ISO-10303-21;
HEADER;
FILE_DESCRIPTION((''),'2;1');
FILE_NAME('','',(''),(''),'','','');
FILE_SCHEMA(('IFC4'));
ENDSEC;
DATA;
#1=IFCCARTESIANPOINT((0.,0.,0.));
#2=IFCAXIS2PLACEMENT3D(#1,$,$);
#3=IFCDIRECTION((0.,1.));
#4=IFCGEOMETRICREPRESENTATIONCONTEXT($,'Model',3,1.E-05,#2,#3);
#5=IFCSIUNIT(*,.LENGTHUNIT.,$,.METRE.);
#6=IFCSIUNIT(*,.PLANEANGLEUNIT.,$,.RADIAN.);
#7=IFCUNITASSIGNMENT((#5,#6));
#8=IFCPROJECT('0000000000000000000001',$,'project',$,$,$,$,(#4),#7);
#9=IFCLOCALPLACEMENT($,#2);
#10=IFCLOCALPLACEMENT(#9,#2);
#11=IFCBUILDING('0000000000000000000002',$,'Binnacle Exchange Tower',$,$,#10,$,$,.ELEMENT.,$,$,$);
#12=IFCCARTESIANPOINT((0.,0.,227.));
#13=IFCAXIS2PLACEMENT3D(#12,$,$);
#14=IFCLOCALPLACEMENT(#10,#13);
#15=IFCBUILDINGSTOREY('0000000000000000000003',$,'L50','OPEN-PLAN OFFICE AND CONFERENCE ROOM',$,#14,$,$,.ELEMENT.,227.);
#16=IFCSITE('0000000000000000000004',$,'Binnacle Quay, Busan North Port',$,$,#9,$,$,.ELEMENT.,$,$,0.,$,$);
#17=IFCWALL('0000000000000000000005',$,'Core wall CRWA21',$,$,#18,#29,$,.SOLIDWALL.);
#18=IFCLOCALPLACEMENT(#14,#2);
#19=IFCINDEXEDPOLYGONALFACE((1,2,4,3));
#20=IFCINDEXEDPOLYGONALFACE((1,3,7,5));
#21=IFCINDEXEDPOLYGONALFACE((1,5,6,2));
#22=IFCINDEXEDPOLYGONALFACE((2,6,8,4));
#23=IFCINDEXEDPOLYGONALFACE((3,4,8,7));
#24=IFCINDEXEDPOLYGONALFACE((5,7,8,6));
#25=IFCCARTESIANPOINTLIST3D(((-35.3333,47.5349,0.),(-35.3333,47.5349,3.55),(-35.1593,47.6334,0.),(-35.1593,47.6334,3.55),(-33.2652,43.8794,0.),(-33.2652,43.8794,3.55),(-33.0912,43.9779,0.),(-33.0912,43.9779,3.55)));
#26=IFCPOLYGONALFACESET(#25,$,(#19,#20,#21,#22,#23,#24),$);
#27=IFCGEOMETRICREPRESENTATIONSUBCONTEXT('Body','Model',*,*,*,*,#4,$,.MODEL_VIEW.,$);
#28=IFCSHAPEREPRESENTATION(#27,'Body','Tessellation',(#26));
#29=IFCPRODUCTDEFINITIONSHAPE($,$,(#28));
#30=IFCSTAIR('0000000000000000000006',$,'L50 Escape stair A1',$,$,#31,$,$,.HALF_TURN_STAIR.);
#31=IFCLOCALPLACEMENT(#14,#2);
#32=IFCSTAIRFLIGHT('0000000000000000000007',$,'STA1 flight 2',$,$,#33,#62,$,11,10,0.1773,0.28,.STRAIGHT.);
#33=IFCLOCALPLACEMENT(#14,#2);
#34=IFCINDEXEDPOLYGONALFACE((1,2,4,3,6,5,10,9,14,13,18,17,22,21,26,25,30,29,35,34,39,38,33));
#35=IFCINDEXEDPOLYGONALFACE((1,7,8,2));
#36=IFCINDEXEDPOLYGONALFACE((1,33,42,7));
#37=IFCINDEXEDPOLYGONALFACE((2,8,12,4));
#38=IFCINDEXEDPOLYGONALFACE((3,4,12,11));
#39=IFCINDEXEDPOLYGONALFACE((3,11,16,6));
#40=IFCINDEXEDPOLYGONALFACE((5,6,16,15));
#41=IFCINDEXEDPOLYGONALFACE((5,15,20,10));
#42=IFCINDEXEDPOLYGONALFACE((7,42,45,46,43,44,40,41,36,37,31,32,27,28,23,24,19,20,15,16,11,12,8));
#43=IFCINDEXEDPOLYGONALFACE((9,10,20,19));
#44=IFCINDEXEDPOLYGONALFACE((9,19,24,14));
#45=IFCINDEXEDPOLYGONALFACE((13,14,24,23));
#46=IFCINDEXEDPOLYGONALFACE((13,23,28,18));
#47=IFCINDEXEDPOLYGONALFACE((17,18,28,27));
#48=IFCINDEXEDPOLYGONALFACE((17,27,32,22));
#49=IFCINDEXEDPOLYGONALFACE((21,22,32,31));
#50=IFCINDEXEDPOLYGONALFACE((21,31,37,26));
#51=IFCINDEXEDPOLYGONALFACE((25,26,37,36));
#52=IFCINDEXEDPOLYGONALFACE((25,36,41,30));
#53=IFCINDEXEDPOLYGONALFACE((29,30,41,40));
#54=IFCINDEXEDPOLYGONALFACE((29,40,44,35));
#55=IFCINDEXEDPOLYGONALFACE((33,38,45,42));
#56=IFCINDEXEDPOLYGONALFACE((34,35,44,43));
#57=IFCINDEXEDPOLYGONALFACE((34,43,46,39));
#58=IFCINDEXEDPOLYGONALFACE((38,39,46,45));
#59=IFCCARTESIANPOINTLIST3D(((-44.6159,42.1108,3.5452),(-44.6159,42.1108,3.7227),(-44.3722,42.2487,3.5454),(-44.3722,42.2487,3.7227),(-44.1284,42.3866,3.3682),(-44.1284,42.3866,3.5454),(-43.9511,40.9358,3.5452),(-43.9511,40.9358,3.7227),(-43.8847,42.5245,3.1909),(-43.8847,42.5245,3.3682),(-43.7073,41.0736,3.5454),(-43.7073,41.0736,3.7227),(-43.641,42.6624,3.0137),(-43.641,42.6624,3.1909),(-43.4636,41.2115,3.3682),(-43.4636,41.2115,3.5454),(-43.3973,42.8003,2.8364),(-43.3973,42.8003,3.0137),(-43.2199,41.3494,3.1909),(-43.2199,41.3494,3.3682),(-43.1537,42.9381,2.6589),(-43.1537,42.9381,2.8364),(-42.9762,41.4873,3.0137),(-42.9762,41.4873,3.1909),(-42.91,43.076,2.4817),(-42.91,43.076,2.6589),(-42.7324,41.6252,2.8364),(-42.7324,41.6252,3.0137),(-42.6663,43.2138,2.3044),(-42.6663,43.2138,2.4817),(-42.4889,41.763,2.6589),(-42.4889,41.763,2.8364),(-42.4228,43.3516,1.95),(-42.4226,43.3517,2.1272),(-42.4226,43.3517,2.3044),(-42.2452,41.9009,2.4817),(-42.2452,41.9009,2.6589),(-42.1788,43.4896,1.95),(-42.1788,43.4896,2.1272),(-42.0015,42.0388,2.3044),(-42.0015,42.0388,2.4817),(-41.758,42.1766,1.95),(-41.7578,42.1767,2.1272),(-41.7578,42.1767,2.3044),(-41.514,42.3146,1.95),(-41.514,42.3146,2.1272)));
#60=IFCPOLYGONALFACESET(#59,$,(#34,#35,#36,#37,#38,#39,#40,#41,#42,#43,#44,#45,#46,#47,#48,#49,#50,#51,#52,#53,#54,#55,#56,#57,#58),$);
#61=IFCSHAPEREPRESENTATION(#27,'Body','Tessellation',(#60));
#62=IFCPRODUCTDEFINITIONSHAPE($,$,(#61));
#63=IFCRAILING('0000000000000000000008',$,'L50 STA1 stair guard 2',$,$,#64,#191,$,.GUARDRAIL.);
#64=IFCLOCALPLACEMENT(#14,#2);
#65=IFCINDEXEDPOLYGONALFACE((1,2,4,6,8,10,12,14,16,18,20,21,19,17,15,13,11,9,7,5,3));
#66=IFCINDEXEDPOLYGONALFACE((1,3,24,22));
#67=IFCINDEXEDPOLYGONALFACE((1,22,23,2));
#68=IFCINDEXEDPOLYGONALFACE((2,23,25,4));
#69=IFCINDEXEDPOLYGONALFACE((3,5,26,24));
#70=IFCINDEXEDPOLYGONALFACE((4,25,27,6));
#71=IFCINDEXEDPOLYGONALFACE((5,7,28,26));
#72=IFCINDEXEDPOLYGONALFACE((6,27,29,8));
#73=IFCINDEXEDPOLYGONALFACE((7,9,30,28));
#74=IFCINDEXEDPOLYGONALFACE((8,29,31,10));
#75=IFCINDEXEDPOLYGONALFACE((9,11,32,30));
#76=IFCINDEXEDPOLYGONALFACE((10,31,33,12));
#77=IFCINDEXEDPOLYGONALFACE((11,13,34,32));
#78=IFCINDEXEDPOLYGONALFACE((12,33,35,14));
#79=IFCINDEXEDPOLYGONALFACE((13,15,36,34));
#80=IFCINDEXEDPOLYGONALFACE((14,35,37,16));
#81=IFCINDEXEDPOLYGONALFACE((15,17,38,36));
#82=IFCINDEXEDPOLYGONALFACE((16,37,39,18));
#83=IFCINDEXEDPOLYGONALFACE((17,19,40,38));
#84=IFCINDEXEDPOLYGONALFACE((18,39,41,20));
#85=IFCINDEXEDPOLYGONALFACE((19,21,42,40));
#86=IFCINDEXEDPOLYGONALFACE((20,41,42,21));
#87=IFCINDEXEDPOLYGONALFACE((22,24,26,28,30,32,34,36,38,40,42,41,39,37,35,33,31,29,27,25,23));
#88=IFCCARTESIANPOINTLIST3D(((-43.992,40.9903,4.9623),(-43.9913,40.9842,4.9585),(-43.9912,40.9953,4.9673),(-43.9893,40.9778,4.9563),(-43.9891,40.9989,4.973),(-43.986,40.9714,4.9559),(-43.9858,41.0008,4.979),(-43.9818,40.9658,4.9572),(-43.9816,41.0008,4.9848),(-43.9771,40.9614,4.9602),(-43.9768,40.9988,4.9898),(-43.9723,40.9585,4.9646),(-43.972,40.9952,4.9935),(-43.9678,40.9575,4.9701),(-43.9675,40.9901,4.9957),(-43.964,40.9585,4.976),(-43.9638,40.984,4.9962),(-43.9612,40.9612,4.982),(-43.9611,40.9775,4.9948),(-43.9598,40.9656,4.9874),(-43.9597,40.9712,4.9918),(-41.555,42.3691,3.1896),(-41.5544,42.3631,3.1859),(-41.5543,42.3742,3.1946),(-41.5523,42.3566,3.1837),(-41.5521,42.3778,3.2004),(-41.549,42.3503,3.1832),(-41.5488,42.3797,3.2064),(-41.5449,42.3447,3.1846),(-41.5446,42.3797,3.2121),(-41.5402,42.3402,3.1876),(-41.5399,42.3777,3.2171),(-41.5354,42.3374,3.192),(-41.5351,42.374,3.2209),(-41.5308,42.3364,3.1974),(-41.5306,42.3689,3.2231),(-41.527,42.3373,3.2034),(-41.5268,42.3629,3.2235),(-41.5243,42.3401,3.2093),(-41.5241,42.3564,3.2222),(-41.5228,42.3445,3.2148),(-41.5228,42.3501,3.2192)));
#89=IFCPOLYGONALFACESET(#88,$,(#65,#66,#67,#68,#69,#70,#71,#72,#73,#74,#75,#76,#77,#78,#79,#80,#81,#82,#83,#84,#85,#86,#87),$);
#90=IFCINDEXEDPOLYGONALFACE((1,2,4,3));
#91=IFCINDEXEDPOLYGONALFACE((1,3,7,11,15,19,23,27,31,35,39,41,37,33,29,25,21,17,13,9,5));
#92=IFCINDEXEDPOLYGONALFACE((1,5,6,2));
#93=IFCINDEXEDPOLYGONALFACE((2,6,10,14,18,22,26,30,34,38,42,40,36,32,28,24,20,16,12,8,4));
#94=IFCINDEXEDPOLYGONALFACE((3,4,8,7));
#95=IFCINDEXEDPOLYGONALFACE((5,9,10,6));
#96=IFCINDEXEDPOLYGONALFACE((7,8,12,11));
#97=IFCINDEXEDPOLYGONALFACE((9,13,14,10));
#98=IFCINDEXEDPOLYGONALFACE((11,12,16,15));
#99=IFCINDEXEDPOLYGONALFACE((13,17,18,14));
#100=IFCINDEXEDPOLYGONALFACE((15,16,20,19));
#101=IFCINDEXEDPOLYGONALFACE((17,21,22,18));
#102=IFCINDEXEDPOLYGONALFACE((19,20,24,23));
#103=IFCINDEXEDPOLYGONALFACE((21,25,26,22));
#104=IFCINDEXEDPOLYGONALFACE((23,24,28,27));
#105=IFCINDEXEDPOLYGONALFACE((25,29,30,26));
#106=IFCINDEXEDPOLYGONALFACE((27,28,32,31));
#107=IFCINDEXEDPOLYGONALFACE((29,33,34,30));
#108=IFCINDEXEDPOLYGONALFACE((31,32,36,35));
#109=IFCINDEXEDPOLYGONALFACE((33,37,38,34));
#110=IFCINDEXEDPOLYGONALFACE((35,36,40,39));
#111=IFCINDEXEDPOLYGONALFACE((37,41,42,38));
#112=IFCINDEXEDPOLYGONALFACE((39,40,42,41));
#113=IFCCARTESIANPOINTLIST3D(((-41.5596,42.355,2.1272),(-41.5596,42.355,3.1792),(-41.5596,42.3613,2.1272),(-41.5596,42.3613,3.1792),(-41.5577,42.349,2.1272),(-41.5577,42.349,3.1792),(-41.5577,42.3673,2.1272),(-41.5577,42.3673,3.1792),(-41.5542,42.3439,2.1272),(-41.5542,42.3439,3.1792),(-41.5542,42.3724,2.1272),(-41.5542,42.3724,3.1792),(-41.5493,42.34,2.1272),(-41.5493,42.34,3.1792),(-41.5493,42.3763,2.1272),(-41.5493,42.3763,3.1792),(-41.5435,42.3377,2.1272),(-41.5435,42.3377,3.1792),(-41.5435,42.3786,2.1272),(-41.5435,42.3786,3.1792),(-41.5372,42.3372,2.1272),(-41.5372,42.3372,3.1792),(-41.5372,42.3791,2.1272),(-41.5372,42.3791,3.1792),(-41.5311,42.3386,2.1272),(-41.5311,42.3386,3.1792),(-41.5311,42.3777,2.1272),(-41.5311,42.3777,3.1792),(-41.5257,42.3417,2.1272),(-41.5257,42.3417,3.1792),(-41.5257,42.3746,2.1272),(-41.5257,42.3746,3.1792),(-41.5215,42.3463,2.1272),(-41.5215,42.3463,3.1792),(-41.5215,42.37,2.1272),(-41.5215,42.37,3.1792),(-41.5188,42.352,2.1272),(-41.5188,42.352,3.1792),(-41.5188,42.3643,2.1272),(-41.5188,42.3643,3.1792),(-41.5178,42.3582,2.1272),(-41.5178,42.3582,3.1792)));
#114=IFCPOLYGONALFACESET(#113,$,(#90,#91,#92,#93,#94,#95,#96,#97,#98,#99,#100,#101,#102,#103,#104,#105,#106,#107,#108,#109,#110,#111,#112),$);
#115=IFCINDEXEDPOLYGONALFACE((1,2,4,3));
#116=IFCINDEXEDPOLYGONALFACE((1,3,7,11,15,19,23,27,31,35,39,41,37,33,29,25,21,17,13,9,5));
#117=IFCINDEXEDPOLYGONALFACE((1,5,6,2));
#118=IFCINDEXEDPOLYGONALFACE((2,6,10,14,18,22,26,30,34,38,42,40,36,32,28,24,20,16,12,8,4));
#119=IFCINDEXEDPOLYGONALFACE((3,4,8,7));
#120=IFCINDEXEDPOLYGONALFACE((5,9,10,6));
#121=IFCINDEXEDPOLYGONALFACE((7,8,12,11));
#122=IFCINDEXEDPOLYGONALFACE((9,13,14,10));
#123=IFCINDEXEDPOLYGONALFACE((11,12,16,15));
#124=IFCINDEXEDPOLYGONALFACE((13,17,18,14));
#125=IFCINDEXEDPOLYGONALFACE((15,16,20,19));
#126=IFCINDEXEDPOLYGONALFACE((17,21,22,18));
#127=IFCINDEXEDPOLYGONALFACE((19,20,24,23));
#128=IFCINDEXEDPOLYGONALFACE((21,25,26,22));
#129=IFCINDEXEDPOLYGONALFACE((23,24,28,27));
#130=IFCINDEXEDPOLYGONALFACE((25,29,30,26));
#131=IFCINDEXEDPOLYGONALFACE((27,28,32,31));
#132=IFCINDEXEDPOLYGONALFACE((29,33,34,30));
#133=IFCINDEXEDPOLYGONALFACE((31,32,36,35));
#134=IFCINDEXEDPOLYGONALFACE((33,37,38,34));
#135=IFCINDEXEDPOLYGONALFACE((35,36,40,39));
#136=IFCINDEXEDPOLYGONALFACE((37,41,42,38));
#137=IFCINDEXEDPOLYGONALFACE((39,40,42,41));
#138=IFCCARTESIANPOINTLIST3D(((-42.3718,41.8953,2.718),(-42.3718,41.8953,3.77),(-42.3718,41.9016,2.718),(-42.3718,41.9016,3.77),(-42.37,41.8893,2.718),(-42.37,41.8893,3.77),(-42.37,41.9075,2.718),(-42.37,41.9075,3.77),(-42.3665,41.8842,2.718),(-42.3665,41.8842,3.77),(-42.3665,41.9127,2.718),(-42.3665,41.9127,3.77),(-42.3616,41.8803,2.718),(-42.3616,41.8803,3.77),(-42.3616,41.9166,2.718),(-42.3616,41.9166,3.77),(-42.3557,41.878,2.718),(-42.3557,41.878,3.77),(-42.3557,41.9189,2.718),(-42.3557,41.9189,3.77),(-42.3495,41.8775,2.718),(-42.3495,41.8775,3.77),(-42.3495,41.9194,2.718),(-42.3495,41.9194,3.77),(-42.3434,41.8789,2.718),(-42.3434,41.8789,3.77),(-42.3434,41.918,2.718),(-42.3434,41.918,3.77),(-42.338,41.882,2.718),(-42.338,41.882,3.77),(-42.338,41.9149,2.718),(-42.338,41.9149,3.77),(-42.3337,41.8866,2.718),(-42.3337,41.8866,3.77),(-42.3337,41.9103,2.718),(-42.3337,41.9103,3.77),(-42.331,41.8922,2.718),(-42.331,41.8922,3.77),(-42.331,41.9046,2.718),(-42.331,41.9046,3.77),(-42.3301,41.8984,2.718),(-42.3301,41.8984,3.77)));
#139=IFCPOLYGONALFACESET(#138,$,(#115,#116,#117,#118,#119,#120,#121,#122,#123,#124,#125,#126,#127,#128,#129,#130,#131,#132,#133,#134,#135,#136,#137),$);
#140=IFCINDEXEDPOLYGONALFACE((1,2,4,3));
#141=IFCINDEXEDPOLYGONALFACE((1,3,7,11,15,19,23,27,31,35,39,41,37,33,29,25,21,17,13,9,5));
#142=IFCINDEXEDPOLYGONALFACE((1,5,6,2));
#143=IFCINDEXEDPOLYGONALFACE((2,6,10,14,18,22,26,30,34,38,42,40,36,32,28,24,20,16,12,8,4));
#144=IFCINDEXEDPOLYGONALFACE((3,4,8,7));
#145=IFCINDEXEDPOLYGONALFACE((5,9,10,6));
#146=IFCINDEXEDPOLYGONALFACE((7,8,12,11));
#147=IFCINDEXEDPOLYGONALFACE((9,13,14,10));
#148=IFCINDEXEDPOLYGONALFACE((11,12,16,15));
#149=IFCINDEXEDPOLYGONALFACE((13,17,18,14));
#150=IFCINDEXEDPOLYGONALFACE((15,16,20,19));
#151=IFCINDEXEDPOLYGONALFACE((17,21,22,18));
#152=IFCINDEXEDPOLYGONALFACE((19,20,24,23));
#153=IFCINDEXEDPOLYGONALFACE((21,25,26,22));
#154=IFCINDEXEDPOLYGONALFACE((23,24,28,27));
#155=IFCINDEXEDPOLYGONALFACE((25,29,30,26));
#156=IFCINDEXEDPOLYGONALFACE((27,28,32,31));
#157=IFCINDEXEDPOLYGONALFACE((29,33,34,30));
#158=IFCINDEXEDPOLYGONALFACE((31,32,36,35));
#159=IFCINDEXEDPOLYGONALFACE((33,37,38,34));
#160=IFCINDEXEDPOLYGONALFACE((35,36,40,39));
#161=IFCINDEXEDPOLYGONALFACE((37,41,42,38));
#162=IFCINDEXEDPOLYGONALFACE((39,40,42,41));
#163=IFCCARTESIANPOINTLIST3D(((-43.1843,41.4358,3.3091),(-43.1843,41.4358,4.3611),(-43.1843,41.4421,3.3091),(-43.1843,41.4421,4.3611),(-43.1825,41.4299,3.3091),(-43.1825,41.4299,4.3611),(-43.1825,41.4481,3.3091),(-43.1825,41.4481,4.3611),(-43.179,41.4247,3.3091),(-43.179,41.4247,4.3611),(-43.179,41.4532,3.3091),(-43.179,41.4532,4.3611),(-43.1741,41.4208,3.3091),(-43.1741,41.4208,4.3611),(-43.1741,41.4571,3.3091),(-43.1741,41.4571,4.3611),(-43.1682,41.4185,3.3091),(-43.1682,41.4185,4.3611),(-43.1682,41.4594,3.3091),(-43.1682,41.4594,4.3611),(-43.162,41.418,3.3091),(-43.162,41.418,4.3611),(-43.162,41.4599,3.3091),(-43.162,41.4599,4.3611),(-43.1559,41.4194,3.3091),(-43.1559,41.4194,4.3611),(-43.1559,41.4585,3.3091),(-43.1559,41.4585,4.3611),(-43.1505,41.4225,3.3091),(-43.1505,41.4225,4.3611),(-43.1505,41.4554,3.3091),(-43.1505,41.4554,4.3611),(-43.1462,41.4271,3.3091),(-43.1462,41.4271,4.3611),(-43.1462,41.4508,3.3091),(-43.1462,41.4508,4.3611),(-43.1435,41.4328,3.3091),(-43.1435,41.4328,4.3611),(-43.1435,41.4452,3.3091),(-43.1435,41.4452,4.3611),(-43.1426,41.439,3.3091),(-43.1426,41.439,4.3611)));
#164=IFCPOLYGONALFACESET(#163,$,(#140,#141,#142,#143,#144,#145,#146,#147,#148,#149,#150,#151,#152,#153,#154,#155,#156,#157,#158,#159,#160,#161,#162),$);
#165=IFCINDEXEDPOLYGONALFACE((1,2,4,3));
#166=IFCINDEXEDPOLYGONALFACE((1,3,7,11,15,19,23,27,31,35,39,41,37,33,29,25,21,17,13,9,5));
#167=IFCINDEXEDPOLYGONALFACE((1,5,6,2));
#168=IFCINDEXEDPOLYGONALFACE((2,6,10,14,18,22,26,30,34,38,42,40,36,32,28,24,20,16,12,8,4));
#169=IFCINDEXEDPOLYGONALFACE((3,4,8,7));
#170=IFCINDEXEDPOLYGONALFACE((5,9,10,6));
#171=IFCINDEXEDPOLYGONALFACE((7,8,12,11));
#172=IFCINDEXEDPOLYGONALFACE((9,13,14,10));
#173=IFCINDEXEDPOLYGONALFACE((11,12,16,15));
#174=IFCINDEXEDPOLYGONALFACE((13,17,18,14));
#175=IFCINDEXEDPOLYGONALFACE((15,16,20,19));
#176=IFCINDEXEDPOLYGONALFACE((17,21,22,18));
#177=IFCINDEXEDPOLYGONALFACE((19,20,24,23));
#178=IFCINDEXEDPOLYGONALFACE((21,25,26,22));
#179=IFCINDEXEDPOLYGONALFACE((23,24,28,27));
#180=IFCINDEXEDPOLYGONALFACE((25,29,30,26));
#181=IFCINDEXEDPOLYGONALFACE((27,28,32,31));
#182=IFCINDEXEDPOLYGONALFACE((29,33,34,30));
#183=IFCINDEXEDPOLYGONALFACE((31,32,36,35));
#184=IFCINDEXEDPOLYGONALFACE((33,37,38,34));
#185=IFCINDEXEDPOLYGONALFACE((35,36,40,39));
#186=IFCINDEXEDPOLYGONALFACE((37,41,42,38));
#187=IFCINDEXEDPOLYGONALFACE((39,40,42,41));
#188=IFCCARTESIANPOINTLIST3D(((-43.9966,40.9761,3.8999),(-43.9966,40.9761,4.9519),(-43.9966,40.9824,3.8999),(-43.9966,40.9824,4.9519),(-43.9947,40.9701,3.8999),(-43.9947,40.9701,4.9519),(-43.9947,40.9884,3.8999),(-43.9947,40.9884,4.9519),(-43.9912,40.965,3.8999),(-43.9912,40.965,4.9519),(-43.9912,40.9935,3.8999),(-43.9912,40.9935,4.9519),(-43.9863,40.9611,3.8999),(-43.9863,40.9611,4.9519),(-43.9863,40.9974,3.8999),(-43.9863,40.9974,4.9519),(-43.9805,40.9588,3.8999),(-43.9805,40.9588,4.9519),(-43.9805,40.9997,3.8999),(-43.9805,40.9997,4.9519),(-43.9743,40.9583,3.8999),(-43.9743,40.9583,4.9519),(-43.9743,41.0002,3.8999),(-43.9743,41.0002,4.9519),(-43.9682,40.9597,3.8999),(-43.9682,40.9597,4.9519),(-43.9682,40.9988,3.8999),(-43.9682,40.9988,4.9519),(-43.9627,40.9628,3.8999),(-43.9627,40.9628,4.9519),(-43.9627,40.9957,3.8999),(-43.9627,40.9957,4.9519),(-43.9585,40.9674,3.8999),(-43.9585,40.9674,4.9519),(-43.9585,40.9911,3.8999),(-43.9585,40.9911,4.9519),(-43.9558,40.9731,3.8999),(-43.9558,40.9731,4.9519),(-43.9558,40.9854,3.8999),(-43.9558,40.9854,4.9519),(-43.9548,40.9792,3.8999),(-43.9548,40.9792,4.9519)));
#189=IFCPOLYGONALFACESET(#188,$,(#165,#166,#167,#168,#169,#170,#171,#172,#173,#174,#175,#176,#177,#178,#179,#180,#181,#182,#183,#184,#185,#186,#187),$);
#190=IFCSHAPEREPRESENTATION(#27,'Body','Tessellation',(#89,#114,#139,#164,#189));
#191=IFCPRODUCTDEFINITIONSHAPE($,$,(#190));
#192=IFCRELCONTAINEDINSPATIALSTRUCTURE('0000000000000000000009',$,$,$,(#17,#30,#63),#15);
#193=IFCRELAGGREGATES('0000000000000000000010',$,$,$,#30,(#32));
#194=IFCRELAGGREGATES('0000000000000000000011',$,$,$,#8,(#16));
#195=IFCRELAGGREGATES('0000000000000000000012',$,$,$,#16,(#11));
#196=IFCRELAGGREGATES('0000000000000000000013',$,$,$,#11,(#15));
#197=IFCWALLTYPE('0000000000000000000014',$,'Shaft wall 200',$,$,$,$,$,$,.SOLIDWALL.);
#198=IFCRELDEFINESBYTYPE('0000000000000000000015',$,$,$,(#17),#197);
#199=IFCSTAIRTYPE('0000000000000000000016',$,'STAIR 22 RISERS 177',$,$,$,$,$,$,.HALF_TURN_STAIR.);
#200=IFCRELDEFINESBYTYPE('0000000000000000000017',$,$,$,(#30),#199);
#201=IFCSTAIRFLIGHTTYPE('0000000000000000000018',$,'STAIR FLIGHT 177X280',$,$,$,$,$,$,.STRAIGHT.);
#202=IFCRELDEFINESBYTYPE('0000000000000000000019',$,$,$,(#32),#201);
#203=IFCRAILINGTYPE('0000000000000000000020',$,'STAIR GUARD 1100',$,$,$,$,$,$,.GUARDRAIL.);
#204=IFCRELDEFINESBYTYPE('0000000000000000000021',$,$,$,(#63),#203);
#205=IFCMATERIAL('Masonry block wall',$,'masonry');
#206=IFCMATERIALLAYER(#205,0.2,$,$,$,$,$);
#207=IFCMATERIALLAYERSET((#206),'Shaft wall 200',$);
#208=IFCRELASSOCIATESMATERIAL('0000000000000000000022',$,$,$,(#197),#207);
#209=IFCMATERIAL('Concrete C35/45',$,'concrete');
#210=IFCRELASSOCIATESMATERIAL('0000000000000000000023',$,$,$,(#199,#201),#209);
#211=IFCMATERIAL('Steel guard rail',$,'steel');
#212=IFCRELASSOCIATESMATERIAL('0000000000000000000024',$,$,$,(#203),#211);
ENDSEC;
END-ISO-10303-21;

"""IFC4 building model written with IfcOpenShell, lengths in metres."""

from ifc_helpers import new_model, si_unit, direction, frame, frame_2d, origin, origin_2d, place, context, subcontext, project, spatial, polyline, rectangle, circle, outline, extrude, material, layer, layer_set, type_object, element, aggregate, save


model = new_model("IFC4")

# Units and contexts
model_context = context("Model", 3, precision=1e-05, world=origin(), true_north=direction((0.0, 1.0)))
body_context = subcontext(model_context, "Body", "Model", "MODEL_VIEW")
ifc_project = project(units=[si_unit("LENGTHUNIT", "METRE"), si_unit("PLANEANGLEUNIT", "RADIAN")], contexts=[model_context])

# Site, building, storey
site_placement = place(None, origin())
site = spatial("IfcSite", under=ifc_project, at=site_placement, Name="Binnacle Quay, Busan North Port", CompositionType="ELEMENT", RefElevation=0.0)
building_placement = place(site_placement, origin())
building = spatial("IfcBuilding", under=site, at=building_placement, Name="Binnacle Exchange Tower", CompositionType="ELEMENT")
storey_placement = place(building_placement, frame((0.0, 0.0, 227.0)))
storey = spatial("IfcBuildingStorey", under=building, at=storey_placement, Name="L50", Description="OPEN-PLAN OFFICE AND CONFERENCE ROOM", CompositionType="ELEMENT", Elevation=227.0)

# Shared definitions
ifc_material_1 = material(Name="Masonry block wall", Category="masonry")

# Wall
ifc_layer_1 = layer(ifc_material_1, 0.2)
ifc_layer_set_1 = layer_set([ifc_layer_1], Name="Shaft wall 200")
wall_type_1 = type_object("IfcWallType", Name="Shaft wall 200", PredefinedType="SOLIDWALL", material=ifc_layer_set_1)
wall_1_placement = place(storey_placement, frame((-35.2463, 47.5842, 0.0), z_axis=(0.0, 0.0, 1.0), x_axis=(0.49241, -0.870364, 0.0)))
element("IfcWall", 1, at=wall_1_placement, inside=storey, type_object=wall_type_1, Name="Core wall CRWA21", PredefinedType="SOLIDWALL", context=body_context, shape_type="SweptSolid", body=[
    extrude(rectangle(XDim=4.2, YDim=0.2, at=frame_2d((2.1001, 0.0))), origin(), (0.0, 0.0, 1.0), 3.55),
])

# Stair, stair flight
ifc_material_2 = material(Name="Concrete C35/45", Category="concrete")
stair_type = type_object("IfcStairType", Name="STAIR 22 RISERS 177", PredefinedType="HALF_TURN_STAIR", material=ifc_material_2)
stair_placement = place(storey_placement, origin())
stair = element("IfcStair", 2, at=stair_placement, inside=storey, type_object=stair_type, Name="L50 Escape stair A1", PredefinedType="HALF_TURN_STAIR")
stair_flight_type = type_object("IfcStairFlightType", Name="STAIR FLIGHT 177X280", PredefinedType="STRAIGHT", material=ifc_material_2)
stair_flight_placement = place(storey_placement, frame((-41.8464, 42.9021, 1.95), z_axis=(0.0, 0.0, 1.0), x_axis=(-0.870356, -0.492424, 0.0)))
stair_flight = element("IfcStairFlight", 3, at=stair_flight_placement, type_object=stair_flight_type, Name="STA1 flight 2", NumberOfRisers=11, NumberOfTreads=10, PredefinedType="STRAIGHT", RiserHeight=0.1773, TreadLength=0.28, context=body_context, shape_type="SweptSolid", body=[
    extrude(outline(polyline([(0.0, 0.0), (0.0, 0.1772), (0.28, 0.1772), (0.28, 0.3545), (0.5601, 0.3545), (0.5601, 0.5317), (0.8401, 0.5317), (0.8401, 0.709), (1.1201, 0.709), (1.1201, 0.8865), (1.3999, 0.8865), (1.3999, 1.0637), (1.6799, 1.0637), (1.6799, 1.241), (1.96, 1.241), (1.96, 1.4182), (2.24, 1.4182), (2.24, 1.5955), (2.52, 1.5955), (2.52, 1.7727), (2.8, 1.7727), (2.8, 1.95), (2.8, 1.5952), (0.2803, 0.0), (0.0, 0.0)])), frame((0.0, 0.675, 0.0), z_axis=(0.0, -1.0, 0.0), x_axis=(1.0, 0.0, 0.0)), (0.0, 0.0, 1.0), 1.3501),
])
aggregate(stair, [stair_flight])

# Railing
ifc_material_3 = material(Name="Steel guard rail", Category="steel")
railing_type = type_object("IfcRailingType", Name="STAIR GUARD 1100", PredefinedType="GUARDRAIL", material=ifc_material_3)
railing_placement = place(storey_placement, frame((-41.5388, 42.3582, 2.1272)))
element("IfcRailing", 4, at=railing_placement, inside=storey, type_object=railing_type, Name="L50 STA1 stair guard 2", PredefinedType="GUARDRAIL", context=body_context, shape_type="SweptSolid", body=[
    extrude(circle(Radius=0.0239, at=origin_2d()), frame((0.0, 0.0, 1.0762), z_axis=(-0.735359, -0.41608, 0.534907), x_axis=(0.492454, -0.870339, 0.0)), (0.0, 0.0, 1.0), 3.314),
    extrude(circle(Radius=0.021, at=origin_2d()), origin(), (0.0, 0.0, 1.0), 1.052),
    extrude(circle(Radius=0.021, at=origin_2d()), frame((-0.8123, -0.4597, 0.5908)), (0.0, 0.0, 1.0), 1.052),
    extrude(circle(Radius=0.021, at=origin_2d()), frame((-1.6248, -0.9192, 1.1819)), (0.0, 0.0, 1.0), 1.052),
    extrude(circle(Radius=0.021, at=origin_2d()), frame((-2.437, -1.3789, 1.7727)), (0.0, 0.0, 1.0), 1.052),
])

save(model, "model.ifc")
